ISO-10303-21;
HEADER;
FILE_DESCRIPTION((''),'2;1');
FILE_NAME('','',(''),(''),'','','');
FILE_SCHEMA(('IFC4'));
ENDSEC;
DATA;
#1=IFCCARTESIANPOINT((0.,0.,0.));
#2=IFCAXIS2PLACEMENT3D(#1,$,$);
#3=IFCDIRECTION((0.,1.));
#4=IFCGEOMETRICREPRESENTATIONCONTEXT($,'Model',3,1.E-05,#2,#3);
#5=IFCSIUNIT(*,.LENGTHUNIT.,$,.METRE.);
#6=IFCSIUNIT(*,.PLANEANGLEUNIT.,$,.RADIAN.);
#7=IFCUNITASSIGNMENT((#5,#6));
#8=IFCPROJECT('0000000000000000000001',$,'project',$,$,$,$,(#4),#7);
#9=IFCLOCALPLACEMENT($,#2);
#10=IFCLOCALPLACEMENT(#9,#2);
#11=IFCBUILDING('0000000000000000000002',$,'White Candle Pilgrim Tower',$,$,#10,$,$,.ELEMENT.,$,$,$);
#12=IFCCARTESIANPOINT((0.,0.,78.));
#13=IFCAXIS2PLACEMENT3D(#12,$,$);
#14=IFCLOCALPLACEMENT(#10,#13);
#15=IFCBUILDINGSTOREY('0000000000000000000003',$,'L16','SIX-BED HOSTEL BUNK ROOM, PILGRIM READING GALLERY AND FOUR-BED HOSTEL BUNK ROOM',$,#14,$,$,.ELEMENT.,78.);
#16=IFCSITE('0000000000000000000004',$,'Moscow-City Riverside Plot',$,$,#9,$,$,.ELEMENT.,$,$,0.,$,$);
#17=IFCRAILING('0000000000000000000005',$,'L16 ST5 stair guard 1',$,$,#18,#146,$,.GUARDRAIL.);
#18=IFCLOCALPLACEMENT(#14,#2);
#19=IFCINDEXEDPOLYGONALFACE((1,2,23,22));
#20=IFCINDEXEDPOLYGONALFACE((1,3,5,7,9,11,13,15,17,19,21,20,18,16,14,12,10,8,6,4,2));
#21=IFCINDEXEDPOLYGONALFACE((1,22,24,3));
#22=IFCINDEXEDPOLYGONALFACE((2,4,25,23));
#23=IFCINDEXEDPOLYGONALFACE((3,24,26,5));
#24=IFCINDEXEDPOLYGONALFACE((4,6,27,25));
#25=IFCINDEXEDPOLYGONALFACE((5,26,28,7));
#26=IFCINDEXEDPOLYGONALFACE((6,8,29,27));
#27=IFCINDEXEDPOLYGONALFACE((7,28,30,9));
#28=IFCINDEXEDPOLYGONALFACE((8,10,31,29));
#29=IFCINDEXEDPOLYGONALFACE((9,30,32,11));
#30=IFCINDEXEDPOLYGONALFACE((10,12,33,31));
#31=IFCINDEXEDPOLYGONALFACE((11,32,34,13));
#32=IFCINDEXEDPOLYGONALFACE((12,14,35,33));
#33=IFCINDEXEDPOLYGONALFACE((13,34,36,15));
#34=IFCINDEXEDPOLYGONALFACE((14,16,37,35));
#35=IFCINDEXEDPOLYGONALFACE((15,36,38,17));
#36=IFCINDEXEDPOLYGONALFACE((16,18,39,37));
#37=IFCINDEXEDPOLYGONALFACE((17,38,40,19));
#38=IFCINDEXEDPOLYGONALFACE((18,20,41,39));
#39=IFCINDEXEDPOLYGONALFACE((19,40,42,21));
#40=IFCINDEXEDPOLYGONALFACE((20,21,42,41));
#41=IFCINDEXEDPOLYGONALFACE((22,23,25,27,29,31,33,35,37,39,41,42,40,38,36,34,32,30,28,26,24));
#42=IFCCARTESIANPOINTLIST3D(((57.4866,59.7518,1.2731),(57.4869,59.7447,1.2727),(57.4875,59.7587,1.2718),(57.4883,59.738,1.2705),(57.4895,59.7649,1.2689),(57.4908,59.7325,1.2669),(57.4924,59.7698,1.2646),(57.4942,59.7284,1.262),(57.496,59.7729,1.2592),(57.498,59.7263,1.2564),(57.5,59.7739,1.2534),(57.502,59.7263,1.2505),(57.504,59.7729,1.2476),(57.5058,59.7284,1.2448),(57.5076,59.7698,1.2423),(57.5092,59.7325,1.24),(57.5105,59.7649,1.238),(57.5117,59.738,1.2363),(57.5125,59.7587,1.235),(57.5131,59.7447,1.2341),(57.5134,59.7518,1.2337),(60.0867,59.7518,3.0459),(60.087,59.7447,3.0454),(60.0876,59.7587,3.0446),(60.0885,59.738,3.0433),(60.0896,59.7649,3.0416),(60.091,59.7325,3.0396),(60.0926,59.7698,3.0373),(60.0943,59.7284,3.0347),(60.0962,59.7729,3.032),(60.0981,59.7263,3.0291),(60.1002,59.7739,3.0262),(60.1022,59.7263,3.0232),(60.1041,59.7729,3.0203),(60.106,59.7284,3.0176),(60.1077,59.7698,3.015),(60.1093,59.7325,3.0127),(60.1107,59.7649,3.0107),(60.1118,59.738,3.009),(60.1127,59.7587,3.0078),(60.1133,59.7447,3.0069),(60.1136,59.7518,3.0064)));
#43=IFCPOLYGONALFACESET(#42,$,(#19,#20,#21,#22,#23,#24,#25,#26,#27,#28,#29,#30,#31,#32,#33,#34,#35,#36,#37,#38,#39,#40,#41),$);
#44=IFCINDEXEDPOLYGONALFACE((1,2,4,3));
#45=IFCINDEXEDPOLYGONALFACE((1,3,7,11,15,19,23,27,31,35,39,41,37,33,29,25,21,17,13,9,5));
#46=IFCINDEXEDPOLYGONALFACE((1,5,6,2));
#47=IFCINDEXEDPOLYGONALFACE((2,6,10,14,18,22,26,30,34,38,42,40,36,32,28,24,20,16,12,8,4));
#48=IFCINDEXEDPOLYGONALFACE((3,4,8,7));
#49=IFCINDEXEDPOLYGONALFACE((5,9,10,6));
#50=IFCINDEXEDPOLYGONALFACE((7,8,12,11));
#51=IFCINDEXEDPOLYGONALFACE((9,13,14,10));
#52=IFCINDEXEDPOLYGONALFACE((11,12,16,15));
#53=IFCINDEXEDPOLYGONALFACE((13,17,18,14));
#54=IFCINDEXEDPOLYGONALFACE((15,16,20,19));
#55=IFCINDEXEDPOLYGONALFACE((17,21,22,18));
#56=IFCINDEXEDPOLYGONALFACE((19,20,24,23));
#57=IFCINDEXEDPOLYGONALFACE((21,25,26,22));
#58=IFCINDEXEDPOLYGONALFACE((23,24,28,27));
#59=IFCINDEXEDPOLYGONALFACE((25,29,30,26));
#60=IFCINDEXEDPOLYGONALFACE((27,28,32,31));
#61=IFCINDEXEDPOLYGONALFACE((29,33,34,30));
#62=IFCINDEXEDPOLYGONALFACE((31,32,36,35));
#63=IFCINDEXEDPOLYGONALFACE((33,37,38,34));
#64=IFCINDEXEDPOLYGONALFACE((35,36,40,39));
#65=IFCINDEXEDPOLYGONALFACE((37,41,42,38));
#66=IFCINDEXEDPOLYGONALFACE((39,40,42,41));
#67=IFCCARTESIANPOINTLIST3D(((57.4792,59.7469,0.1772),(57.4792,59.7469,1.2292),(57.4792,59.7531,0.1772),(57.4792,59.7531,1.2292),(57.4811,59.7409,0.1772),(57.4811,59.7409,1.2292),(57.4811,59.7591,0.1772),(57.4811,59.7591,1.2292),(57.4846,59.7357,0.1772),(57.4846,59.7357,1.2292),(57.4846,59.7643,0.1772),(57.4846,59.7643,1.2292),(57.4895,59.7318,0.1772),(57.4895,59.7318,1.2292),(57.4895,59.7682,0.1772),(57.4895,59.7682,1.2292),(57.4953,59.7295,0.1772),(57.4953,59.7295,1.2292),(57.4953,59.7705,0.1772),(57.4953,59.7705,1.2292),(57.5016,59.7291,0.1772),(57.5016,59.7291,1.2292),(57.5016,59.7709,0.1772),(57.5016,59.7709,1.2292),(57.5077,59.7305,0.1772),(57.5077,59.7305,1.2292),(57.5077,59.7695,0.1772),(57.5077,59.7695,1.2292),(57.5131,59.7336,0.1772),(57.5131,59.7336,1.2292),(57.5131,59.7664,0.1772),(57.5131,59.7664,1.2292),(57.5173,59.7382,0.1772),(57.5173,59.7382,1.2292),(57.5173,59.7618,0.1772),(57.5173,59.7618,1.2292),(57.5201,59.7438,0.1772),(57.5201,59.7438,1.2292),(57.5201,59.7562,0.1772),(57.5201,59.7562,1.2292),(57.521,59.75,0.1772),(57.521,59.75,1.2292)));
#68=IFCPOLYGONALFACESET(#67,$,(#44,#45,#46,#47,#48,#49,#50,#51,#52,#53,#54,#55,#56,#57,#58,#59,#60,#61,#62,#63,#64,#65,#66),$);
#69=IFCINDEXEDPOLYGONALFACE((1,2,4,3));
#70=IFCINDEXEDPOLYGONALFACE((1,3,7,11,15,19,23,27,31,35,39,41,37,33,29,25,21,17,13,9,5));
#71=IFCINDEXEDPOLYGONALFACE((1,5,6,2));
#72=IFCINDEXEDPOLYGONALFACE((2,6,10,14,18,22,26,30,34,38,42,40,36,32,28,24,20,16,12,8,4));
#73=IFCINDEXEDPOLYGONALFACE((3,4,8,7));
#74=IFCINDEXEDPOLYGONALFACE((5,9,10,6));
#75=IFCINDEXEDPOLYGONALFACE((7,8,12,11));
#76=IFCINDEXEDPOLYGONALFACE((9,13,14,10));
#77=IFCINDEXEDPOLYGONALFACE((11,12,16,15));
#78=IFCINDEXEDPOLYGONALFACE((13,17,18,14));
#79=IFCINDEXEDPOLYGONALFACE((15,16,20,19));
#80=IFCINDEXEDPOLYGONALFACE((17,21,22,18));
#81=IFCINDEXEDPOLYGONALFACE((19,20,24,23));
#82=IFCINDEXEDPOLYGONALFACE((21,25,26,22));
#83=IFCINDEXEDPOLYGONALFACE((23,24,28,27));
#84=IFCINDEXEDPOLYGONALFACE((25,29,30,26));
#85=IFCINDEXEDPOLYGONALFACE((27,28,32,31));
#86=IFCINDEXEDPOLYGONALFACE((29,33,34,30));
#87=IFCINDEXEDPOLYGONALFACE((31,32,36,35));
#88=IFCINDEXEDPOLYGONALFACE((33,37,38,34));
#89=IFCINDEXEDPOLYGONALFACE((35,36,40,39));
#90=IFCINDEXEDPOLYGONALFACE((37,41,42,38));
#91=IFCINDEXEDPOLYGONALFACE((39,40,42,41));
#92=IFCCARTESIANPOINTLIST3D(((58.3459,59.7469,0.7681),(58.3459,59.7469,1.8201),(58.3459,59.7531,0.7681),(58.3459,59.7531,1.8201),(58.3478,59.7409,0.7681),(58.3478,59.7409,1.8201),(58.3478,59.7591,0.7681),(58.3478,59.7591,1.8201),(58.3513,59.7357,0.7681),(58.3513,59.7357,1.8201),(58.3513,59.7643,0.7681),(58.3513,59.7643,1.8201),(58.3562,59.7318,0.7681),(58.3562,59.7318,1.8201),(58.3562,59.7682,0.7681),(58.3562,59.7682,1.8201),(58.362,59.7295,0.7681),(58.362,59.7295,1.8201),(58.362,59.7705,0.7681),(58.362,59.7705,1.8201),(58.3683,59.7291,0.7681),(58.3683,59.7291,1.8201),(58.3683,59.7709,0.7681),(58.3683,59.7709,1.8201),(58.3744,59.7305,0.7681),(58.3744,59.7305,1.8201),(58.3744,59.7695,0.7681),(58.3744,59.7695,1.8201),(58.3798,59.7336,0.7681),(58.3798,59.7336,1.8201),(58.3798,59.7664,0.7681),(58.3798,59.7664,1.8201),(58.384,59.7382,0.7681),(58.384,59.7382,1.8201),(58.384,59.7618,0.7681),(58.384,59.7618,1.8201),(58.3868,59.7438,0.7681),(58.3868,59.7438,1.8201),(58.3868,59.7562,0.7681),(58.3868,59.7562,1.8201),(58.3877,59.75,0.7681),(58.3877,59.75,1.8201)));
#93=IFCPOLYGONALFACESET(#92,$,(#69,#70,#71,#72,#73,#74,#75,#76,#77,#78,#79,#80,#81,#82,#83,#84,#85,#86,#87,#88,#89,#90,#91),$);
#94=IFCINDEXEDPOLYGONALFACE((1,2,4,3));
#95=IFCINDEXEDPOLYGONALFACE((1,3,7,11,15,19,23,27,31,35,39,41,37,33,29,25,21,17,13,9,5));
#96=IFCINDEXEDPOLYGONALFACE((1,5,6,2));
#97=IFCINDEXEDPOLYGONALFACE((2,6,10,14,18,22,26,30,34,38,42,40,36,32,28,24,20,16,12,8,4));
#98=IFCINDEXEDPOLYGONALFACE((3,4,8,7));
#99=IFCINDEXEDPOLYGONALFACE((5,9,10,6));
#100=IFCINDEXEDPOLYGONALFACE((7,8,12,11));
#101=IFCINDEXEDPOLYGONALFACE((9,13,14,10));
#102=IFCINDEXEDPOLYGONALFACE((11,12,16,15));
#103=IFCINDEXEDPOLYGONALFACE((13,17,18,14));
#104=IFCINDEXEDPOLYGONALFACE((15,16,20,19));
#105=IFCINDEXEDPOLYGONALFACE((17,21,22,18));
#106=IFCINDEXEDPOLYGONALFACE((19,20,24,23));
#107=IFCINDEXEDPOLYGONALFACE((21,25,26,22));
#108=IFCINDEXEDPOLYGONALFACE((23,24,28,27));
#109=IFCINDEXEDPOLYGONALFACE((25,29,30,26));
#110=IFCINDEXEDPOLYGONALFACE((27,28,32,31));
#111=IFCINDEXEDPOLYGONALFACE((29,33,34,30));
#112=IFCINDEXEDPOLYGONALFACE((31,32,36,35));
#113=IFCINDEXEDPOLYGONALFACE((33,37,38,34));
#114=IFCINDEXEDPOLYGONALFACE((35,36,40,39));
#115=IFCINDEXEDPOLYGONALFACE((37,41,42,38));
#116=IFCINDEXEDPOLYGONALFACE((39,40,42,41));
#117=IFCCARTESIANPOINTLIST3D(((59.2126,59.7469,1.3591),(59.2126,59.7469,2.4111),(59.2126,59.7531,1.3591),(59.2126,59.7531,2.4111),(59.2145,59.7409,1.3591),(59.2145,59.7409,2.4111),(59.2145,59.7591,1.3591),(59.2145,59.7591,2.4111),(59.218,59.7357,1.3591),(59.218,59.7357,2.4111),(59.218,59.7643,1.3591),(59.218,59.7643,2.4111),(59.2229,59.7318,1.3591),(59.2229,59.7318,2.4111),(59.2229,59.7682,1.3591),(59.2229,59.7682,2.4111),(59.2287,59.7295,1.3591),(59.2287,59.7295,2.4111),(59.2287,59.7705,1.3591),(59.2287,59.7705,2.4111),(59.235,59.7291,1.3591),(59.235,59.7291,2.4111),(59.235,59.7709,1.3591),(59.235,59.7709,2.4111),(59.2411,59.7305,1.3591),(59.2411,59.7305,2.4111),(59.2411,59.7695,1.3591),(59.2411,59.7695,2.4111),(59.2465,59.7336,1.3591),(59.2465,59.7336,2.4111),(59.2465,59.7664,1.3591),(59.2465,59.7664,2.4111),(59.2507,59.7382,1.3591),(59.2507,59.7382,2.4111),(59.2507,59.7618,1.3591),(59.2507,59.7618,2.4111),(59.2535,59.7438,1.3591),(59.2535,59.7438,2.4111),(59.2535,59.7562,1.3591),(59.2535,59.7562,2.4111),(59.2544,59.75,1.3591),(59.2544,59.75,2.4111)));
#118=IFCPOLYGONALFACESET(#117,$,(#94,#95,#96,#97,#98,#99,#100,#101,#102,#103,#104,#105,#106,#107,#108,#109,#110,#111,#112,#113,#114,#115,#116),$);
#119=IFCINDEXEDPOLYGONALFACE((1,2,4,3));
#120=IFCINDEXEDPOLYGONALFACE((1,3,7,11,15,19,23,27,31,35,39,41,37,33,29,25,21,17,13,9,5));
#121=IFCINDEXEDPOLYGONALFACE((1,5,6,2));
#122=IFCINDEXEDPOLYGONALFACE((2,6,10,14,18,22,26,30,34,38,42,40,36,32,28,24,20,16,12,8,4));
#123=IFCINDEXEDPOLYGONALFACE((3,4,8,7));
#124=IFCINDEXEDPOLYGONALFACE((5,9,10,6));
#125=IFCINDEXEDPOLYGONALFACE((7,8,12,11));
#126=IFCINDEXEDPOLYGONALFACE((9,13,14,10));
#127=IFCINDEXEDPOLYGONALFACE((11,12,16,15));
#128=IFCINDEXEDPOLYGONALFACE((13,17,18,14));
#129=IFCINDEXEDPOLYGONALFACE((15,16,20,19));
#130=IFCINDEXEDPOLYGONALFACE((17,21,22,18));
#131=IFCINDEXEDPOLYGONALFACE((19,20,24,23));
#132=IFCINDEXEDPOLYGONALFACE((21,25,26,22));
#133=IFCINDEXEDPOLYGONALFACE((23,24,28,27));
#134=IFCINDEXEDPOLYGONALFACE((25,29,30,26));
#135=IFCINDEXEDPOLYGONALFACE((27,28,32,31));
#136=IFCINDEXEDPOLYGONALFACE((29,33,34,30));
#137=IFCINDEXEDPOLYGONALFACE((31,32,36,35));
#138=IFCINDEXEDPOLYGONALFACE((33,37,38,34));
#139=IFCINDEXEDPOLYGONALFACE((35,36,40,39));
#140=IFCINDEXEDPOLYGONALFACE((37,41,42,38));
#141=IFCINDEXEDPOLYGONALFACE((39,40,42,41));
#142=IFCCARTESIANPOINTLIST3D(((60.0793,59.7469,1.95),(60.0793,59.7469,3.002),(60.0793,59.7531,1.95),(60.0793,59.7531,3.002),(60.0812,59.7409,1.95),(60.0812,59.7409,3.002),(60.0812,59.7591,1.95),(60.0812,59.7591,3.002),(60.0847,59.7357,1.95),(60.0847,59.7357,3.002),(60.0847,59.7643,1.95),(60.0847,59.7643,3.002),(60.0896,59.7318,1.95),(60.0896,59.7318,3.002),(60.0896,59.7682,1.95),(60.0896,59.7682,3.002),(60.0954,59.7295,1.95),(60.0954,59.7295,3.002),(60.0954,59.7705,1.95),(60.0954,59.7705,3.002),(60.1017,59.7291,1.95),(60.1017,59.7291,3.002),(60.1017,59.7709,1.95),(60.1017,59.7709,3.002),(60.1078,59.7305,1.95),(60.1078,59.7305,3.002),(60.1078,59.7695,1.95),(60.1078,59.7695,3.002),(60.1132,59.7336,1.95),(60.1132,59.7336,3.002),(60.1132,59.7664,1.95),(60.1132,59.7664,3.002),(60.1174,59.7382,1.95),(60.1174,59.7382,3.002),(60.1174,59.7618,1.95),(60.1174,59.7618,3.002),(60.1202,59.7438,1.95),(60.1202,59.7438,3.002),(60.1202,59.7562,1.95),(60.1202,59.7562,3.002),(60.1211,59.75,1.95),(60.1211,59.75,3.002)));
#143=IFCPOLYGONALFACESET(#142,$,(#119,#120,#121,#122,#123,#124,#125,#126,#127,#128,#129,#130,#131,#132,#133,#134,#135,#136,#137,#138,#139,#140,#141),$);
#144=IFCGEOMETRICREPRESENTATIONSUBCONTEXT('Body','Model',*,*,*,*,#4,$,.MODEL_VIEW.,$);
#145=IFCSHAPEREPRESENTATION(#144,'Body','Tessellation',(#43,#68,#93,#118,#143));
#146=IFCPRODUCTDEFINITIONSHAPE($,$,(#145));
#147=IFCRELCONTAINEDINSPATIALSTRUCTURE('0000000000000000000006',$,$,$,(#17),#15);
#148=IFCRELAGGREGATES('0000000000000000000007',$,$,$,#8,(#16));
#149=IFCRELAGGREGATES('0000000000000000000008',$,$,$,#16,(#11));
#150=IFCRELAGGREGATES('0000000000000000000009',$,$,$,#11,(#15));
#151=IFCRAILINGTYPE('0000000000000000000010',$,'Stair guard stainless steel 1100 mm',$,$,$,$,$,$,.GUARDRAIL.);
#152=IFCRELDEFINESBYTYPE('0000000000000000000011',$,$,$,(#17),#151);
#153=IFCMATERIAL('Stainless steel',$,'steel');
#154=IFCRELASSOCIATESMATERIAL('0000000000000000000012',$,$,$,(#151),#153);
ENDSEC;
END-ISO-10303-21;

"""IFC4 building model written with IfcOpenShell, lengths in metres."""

from ifc_helpers import new_model, si_unit, direction, frame, origin, origin_2d, place, context, subcontext, project, spatial, circle, extrude, material, type_object, element, save


model = new_model("IFC4")

# Units and contexts
model_context = context("Model", 3, precision=1e-05, world=origin(), true_north=direction((0.0, 1.0)))
body_context = subcontext(model_context, "Body", "Model", "MODEL_VIEW")
ifc_project = project(units=[si_unit("LENGTHUNIT", "METRE"), si_unit("PLANEANGLEUNIT", "RADIAN")], contexts=[model_context])

# Site, building, storey
site_placement = place(None, origin())
site = spatial("IfcSite", under=ifc_project, at=site_placement, Name="Moscow-City Riverside Plot", CompositionType="ELEMENT", RefElevation=0.0)
building_placement = place(site_placement, origin())
building = spatial("IfcBuilding", under=site, at=building_placement, Name="White Candle Pilgrim Tower", CompositionType="ELEMENT")
storey_placement = place(building_placement, frame((0.0, 0.0, 78.0)))
storey = spatial("IfcBuildingStorey", under=building, at=storey_placement, Name="L16", Description="SIX-BED HOSTEL BUNK ROOM, PILGRIM READING GALLERY AND FOUR-BED HOSTEL BUNK ROOM", CompositionType="ELEMENT", Elevation=78.0)

# Railing
ifc_material_1 = material(Name="Stainless steel", Category="steel")
railing_type_1 = type_object("IfcRailingType", Name="Stair guard stainless steel 1100 mm", PredefinedType="GUARDRAIL", material=ifc_material_1)
railing_1_placement = place(storey_placement, frame((57.5, 59.75, 0.1772)))
element("IfcRailing", 1, at=railing_1_placement, inside=storey, type_object=railing_type_1, Name="L16 ST5 stair guard 1", PredefinedType="GUARDRAIL", context=body_context, shape_type="SweptSolid", body=[
    extrude(circle(Radius=0.0239, at=origin_2d()), frame((0.0, 0.0, 1.0762), z_axis=(0.82624, 0.0, 0.563318), x_axis=(0.0, 1.0, 0.0)), (0.0, 0.0, 1.0), 3.147),
    extrude(circle(Radius=0.021, at=origin_2d()), origin(), (0.0, 0.0, 1.0), 1.052),
    extrude(circle(Radius=0.021, at=origin_2d()), frame((0.8667, 0.0, 0.5908)), (0.0, 0.0, 1.0), 1.052),
    extrude(circle(Radius=0.021, at=origin_2d()), frame((1.7334, 0.0, 1.1819)), (0.0, 0.0, 1.0), 1.052),
    extrude(circle(Radius=0.021, at=origin_2d()), frame((2.6001, 0.0, 1.7727)), (0.0, 0.0, 1.0), 1.052),
])

save(model, "model.ifc")
